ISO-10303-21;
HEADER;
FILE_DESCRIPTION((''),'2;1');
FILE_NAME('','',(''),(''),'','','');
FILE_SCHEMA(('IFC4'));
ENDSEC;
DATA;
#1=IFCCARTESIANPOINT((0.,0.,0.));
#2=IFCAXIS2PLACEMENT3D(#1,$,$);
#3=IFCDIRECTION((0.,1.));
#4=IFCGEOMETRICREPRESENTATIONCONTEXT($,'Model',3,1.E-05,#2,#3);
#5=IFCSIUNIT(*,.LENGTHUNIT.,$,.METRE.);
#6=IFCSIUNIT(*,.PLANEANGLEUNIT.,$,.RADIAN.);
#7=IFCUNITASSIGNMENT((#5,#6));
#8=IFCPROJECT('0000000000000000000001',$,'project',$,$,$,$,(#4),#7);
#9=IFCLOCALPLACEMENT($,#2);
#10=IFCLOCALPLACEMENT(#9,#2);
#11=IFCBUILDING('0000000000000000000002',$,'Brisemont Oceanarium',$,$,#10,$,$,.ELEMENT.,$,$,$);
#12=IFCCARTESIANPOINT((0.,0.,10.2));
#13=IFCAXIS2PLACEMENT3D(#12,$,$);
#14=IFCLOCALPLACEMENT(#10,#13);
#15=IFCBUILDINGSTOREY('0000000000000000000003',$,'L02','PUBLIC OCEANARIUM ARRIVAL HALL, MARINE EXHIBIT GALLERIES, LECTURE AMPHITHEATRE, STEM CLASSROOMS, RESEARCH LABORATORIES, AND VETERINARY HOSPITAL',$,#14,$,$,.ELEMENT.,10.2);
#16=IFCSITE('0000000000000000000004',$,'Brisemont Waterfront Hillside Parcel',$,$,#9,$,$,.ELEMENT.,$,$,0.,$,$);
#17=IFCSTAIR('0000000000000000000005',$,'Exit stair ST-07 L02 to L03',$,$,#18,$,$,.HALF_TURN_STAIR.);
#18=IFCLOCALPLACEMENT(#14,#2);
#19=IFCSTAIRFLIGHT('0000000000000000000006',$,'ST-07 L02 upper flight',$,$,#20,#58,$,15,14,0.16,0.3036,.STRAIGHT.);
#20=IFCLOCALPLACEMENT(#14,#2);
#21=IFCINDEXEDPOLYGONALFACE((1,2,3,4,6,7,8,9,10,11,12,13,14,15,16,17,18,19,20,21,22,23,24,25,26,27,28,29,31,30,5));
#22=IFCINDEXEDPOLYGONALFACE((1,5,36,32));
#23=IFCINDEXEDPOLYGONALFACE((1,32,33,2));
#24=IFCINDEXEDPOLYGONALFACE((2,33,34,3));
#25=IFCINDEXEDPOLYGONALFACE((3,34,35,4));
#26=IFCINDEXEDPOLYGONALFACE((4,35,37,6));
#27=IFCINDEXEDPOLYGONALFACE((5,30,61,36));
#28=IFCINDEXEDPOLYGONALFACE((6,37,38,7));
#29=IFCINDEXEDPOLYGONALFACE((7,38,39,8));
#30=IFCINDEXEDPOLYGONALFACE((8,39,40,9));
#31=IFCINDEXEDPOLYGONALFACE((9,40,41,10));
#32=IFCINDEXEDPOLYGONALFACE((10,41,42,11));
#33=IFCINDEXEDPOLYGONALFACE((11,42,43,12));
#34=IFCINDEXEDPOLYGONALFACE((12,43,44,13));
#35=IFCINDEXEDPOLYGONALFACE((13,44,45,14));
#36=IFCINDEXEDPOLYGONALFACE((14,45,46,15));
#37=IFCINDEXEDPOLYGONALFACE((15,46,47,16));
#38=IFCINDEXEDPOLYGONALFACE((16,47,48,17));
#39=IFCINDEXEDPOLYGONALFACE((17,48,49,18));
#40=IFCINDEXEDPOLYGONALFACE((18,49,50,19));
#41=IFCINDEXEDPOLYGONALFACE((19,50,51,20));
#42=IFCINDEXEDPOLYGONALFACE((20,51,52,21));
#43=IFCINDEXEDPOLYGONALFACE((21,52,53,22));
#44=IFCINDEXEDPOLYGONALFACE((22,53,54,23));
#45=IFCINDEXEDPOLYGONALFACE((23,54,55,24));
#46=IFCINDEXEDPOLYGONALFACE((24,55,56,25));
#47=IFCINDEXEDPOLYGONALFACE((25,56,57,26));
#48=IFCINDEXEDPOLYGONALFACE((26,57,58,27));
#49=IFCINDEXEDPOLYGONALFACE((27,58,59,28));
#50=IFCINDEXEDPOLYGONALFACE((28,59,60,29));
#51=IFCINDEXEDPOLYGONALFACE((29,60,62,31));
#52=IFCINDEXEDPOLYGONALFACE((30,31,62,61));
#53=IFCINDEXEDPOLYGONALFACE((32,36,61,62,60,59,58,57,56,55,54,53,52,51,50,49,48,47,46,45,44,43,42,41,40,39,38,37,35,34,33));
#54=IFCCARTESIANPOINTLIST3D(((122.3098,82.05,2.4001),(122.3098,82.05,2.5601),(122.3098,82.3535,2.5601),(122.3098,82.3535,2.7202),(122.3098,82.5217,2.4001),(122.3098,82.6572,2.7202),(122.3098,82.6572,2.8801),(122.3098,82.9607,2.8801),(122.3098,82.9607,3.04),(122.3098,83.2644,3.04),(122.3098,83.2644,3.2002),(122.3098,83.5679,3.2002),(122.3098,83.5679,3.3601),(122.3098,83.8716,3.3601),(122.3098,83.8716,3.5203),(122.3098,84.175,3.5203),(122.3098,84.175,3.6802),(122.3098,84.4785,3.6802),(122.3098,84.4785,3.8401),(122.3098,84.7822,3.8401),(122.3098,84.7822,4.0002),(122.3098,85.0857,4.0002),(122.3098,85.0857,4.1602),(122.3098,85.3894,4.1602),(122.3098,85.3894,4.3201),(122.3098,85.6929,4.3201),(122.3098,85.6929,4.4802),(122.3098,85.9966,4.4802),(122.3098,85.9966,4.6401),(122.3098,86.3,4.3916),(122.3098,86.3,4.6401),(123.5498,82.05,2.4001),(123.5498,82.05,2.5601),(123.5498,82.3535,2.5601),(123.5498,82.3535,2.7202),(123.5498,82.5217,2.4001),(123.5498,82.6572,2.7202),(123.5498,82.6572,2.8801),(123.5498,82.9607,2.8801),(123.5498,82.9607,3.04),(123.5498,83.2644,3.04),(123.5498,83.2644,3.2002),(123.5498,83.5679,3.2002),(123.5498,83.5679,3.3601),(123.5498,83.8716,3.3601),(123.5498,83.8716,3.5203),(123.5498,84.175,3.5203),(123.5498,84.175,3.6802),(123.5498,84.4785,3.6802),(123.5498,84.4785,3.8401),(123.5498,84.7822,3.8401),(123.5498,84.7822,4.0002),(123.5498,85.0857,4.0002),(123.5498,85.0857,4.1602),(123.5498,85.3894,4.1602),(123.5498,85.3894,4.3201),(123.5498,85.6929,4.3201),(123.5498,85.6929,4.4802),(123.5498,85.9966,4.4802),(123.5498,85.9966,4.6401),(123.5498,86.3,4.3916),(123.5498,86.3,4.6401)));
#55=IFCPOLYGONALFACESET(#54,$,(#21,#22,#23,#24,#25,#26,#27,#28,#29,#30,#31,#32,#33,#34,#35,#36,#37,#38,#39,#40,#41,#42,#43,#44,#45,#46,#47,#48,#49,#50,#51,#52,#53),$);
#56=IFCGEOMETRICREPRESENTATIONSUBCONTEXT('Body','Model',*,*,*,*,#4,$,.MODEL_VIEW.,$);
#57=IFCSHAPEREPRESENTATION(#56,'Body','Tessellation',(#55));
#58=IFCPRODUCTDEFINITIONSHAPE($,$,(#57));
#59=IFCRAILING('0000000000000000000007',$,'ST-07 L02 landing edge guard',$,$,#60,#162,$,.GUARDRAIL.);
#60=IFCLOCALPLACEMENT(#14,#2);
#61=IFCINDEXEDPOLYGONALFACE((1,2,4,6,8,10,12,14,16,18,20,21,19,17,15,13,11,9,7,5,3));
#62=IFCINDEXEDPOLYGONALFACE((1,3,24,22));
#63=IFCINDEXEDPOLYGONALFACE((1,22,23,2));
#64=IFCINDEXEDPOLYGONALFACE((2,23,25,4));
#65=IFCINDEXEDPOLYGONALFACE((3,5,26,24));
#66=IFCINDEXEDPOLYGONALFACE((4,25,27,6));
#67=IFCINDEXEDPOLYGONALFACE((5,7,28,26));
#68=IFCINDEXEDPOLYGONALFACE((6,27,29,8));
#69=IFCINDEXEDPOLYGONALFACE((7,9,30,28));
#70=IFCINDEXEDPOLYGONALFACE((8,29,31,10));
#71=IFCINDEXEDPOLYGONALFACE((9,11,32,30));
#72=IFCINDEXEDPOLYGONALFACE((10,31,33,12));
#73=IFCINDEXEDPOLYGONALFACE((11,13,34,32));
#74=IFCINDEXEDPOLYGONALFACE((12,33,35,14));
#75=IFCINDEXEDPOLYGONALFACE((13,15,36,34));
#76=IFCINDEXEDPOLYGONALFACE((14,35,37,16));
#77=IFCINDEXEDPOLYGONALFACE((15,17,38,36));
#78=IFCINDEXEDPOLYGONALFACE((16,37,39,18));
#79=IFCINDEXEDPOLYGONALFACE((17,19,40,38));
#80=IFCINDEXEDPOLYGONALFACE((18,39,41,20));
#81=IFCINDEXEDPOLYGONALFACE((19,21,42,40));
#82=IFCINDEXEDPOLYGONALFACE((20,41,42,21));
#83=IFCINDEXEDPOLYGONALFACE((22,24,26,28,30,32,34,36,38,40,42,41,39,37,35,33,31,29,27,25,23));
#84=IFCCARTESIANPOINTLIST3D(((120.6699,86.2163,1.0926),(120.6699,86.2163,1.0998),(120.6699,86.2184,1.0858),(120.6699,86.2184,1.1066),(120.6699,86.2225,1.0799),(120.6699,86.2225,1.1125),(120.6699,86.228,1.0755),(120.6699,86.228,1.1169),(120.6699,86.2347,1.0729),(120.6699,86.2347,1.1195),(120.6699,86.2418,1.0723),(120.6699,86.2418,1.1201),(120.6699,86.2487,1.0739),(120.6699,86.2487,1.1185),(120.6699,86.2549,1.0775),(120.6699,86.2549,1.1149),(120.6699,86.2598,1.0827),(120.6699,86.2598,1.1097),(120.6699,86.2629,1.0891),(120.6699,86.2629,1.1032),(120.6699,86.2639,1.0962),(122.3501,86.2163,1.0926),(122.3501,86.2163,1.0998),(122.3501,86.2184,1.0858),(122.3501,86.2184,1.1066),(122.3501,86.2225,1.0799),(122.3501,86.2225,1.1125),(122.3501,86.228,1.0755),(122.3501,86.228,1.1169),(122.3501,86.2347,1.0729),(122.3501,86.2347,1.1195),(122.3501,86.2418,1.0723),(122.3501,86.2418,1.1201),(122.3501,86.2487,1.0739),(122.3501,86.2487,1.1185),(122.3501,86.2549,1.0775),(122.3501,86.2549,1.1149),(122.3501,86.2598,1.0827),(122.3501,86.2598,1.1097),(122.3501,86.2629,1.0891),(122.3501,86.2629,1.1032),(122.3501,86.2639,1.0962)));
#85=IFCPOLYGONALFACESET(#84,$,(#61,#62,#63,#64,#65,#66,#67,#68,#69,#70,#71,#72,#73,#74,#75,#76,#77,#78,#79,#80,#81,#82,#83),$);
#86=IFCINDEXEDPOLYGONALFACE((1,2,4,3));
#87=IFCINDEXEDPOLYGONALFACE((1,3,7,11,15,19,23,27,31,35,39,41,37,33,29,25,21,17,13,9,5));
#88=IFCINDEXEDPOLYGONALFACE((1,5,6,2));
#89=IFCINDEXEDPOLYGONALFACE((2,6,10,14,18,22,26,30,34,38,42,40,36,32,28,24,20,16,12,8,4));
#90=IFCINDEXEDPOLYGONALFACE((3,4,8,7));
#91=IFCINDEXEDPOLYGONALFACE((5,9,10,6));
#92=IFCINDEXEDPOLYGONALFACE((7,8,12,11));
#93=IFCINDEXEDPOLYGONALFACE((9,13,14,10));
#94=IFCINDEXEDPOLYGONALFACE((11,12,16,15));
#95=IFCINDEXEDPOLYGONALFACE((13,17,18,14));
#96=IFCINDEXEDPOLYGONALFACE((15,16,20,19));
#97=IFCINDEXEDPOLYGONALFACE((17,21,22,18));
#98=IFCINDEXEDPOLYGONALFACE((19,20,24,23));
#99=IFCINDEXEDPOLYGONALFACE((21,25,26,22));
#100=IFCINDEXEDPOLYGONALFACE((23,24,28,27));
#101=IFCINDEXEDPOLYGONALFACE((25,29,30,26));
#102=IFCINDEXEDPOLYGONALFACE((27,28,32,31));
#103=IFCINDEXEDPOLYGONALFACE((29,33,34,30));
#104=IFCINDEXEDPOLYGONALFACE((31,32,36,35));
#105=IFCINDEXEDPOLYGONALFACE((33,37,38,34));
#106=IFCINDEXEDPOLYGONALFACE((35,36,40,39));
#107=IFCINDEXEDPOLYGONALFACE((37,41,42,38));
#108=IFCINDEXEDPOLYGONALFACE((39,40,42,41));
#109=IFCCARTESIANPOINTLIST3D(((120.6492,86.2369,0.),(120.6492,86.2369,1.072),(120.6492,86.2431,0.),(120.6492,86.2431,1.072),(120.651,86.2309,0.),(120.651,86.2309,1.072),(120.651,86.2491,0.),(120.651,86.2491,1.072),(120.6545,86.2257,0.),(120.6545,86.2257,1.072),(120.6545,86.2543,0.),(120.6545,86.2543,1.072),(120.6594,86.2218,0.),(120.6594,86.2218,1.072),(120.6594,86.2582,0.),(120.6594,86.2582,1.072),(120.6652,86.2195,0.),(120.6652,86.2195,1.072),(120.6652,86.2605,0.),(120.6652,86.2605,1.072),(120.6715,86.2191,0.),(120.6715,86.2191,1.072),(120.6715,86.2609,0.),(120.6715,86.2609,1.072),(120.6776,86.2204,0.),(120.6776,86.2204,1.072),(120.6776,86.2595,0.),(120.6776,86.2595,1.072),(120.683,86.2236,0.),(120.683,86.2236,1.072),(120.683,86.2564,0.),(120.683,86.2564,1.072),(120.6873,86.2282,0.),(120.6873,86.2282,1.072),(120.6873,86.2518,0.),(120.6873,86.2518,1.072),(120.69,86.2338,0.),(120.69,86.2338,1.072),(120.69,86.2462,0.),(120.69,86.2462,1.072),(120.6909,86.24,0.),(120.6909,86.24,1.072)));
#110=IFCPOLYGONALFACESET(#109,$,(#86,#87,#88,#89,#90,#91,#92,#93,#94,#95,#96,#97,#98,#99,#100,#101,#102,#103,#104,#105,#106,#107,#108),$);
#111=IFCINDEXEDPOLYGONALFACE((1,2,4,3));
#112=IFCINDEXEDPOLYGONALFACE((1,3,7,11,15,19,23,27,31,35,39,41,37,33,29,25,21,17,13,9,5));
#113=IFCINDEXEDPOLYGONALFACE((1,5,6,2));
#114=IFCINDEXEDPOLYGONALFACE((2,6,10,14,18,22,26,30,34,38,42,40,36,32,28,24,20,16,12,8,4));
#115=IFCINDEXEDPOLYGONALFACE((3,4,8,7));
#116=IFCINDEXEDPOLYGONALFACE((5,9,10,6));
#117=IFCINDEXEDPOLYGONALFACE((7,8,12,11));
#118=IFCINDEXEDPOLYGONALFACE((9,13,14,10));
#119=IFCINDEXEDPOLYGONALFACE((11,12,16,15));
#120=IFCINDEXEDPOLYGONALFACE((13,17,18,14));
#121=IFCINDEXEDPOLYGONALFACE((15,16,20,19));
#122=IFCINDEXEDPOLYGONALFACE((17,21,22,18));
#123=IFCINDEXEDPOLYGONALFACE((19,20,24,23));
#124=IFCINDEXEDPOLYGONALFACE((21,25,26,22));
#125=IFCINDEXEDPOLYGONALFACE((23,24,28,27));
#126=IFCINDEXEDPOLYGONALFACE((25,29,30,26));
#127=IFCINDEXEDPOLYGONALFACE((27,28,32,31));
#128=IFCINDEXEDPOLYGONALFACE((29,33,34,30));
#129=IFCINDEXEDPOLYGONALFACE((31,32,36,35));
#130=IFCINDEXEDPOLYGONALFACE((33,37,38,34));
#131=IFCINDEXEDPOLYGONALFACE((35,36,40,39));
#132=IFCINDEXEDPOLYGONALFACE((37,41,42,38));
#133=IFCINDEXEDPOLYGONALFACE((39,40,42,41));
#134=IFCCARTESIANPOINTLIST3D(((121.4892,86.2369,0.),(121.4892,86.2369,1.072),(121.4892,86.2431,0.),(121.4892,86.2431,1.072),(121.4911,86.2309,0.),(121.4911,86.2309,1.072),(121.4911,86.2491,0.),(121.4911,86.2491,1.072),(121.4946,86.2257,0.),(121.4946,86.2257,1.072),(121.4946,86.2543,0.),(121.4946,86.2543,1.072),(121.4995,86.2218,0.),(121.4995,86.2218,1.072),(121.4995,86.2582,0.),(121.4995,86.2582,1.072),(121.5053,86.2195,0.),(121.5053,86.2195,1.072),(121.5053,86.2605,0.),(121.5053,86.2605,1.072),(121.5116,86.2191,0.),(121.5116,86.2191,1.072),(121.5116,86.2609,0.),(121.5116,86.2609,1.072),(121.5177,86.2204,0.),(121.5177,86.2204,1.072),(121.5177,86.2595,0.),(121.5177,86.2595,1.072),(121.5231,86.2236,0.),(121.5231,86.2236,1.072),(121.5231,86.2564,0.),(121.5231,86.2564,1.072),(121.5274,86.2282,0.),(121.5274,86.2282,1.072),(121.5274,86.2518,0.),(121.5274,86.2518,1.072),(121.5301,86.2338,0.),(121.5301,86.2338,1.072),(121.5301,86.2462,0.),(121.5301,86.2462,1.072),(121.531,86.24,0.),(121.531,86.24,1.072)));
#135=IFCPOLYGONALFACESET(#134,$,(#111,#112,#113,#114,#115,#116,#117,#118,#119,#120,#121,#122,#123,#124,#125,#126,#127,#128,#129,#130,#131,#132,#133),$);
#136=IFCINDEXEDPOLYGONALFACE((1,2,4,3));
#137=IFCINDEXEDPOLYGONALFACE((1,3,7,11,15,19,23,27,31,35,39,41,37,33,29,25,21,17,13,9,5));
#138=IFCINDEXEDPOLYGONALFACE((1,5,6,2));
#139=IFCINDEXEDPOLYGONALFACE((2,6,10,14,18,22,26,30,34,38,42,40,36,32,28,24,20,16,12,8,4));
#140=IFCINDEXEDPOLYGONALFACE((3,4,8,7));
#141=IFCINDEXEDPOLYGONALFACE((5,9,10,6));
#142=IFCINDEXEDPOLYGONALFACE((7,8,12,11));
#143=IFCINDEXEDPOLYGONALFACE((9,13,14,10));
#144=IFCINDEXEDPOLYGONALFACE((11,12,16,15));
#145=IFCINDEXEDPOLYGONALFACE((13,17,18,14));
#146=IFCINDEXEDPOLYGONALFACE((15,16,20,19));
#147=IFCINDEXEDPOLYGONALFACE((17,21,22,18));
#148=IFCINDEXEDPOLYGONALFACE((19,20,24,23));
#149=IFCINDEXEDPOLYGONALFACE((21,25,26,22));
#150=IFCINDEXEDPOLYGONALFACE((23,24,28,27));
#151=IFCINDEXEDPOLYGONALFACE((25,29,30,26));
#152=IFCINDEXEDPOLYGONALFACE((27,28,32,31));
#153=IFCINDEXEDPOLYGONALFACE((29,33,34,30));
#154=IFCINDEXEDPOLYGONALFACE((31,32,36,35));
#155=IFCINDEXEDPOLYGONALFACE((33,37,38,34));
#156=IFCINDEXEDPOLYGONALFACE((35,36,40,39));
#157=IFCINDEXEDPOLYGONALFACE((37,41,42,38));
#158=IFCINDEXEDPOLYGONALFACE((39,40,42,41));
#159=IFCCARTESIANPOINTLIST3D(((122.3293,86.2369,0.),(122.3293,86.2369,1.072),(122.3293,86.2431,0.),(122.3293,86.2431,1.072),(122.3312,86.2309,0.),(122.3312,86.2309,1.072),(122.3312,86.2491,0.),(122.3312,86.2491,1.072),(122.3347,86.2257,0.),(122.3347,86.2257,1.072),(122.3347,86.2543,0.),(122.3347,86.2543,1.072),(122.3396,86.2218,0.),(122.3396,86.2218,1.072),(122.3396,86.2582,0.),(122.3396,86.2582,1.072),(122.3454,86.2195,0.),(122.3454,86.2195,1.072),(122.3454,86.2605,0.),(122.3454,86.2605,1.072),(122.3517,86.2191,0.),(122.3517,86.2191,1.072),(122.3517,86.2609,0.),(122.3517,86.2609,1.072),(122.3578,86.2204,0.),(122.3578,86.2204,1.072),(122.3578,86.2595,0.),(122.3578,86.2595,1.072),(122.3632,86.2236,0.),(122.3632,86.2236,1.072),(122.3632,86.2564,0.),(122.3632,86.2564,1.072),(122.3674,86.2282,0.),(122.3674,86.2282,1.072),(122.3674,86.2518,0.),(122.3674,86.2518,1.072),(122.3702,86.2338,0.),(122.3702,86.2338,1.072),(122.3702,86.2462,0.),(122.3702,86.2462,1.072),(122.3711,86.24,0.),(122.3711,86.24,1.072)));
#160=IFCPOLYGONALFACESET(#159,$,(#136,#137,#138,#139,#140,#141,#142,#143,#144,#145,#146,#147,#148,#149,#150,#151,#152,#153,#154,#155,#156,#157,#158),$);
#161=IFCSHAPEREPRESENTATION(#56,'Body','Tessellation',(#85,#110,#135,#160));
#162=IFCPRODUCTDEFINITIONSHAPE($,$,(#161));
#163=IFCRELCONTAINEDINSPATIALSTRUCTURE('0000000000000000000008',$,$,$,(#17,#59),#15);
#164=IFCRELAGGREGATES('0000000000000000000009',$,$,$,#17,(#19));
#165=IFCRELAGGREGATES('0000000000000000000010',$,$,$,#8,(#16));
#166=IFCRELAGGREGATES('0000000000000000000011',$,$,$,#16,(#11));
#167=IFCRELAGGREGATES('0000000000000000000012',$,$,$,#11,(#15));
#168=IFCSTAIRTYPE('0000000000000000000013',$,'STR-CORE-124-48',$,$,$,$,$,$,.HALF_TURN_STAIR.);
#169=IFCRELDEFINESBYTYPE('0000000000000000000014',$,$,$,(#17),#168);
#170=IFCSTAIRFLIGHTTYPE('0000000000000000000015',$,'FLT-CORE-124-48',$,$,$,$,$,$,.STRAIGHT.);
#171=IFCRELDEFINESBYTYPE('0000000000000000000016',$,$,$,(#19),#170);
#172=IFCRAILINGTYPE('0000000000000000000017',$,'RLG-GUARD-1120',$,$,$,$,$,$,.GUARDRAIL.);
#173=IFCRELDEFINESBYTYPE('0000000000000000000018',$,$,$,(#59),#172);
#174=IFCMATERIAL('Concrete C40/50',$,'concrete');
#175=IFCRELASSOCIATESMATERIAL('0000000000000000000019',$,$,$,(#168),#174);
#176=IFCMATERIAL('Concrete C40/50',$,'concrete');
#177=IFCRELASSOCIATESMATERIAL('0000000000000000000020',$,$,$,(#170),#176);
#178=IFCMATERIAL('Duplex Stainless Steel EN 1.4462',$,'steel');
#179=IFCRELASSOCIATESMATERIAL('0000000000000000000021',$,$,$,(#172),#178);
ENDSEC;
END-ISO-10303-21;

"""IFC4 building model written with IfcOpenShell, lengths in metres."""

from ifc_helpers import new_model, si_unit, direction, frame, origin, origin_2d, place, context, subcontext, project, spatial, polyline, circle, outline, extrude, material, type_object, element, aggregate, save


model = new_model("IFC4")

# Units and contexts
model_context = context("Model", 3, precision=1e-05, world=origin(), true_north=direction((0.0, 1.0)))
body_context = subcontext(model_context, "Body", "Model", "MODEL_VIEW")
ifc_project = project(units=[si_unit("LENGTHUNIT", "METRE"), si_unit("PLANEANGLEUNIT", "RADIAN")], contexts=[model_context])

# Site, building, storey
site_placement = place(None, origin())
site = spatial("IfcSite", under=ifc_project, at=site_placement, Name="Brisemont Waterfront Hillside Parcel", CompositionType="ELEMENT", RefElevation=0.0)
building_placement = place(site_placement, origin())
building = spatial("IfcBuilding", under=site, at=building_placement, Name="Brisemont Oceanarium", CompositionType="ELEMENT")
storey_placement = place(building_placement, frame((0.0, 0.0, 10.2)))
storey = spatial("IfcBuildingStorey", under=building, at=storey_placement, Name="L02", Description="PUBLIC OCEANARIUM ARRIVAL HALL, MARINE EXHIBIT GALLERIES, LECTURE AMPHITHEATRE, STEM CLASSROOMS, RESEARCH LABORATORIES, AND VETERINARY HOSPITAL", CompositionType="ELEMENT", Elevation=10.2)

# Stair, stair flight
ifc_material_1 = material(Name="Concrete C40/50", Category="concrete")
stair_type = type_object("IfcStairType", Name="STR-CORE-124-48", PredefinedType="HALF_TURN_STAIR", material=ifc_material_1)
stair_placement = place(storey_placement, origin())
stair = element("IfcStair", 1, at=stair_placement, inside=storey, type_object=stair_type, Name="Exit stair ST-07 L02 to L03", PredefinedType="HALF_TURN_STAIR")
ifc_material_2 = material(Name="Concrete C40/50", Category="concrete")
stair_flight_type = type_object("IfcStairFlightType", Name="FLT-CORE-124-48", PredefinedType="STRAIGHT", material=ifc_material_2)
stair_flight_1_placement = place(storey_placement, frame((122.9299, 82.05, 2.4001), z_axis=(0.0, 0.0, 1.0), x_axis=(0.0, 1.0, 0.0)))
stair_flight_1 = element("IfcStairFlight", 2, at=stair_flight_1_placement, type_object=stair_flight_type, Name="ST-07 L02 upper flight", NumberOfRisers=15, NumberOfTreads=14, PredefinedType="STRAIGHT", RiserHeight=0.16, TreadLength=0.3036, context=body_context, shape_type="SweptSolid", body=[
    extrude(outline(polyline([(0.0, 0.0), (0.0, 0.1599), (0.3035, 0.1599), (0.3035, 0.3201), (0.6072, 0.3201), (0.6072, 0.48), (0.9106, 0.48), (0.9106, 0.6399), (1.2144, 0.6399), (1.2144, 0.8), (1.5178, 0.8), (1.5178, 0.96), (1.8215, 0.96), (1.8215, 1.1201), (2.125, 1.1201), (2.125, 1.28), (2.4285, 1.28), (2.4285, 1.4399), (2.7322, 1.4399), (2.7322, 1.6001), (3.0356, 1.6001), (3.0356, 1.76), (3.3394, 1.76), (3.3394, 1.9199), (3.6428, 1.9199), (3.6428, 2.0801), (3.9465, 2.0801), (3.9465, 2.24), (4.25, 2.24), (4.25, 2.3999), (4.25, 1.9915), (0.4717, 0.0), (0.0, 0.0)])), frame((0.0, 0.6201, 0.0), z_axis=(0.0, -1.0, 0.0), x_axis=(1.0, 0.0, 0.0)), (0.0, 0.0, 1.0), 1.24),
])
aggregate(stair, [stair_flight_1])

# Railing
ifc_material_3 = material(Name="Duplex Stainless Steel EN 1.4462", Category="steel")
railing_type_1 = type_object("IfcRailingType", Name="RLG-GUARD-1120", PredefinedType="GUARDRAIL", material=ifc_material_3)
railing_1_placement = place(storey_placement, frame((120.6699, 86.24, 0.0)))
element("IfcRailing", 3, at=railing_1_placement, inside=storey, type_object=railing_type_1, Name="ST-07 L02 landing edge guard", PredefinedType="GUARDRAIL", context=body_context, shape_type="SweptSolid", body=[
    extrude(circle(Radius=0.0239, at=origin_2d()), frame((0.0, 0.0, 1.0962), z_axis=(1.0, 0.0, 0.0), x_axis=(0.0, 1.0, 0.0)), (0.0, 0.0, 1.0), 1.6802),
    extrude(circle(Radius=0.021, at=origin_2d()), origin(), (0.0, 0.0, 1.0), 1.072),
    extrude(circle(Radius=0.021, at=origin_2d()), frame((0.8401, 0.0, 0.0)), (0.0, 0.0, 1.0), 1.072),
    extrude(circle(Radius=0.021, at=origin_2d()), frame((1.6802, 0.0, 0.0)), (0.0, 0.0, 1.0), 1.072),
])

save(model, "model.ifc")
